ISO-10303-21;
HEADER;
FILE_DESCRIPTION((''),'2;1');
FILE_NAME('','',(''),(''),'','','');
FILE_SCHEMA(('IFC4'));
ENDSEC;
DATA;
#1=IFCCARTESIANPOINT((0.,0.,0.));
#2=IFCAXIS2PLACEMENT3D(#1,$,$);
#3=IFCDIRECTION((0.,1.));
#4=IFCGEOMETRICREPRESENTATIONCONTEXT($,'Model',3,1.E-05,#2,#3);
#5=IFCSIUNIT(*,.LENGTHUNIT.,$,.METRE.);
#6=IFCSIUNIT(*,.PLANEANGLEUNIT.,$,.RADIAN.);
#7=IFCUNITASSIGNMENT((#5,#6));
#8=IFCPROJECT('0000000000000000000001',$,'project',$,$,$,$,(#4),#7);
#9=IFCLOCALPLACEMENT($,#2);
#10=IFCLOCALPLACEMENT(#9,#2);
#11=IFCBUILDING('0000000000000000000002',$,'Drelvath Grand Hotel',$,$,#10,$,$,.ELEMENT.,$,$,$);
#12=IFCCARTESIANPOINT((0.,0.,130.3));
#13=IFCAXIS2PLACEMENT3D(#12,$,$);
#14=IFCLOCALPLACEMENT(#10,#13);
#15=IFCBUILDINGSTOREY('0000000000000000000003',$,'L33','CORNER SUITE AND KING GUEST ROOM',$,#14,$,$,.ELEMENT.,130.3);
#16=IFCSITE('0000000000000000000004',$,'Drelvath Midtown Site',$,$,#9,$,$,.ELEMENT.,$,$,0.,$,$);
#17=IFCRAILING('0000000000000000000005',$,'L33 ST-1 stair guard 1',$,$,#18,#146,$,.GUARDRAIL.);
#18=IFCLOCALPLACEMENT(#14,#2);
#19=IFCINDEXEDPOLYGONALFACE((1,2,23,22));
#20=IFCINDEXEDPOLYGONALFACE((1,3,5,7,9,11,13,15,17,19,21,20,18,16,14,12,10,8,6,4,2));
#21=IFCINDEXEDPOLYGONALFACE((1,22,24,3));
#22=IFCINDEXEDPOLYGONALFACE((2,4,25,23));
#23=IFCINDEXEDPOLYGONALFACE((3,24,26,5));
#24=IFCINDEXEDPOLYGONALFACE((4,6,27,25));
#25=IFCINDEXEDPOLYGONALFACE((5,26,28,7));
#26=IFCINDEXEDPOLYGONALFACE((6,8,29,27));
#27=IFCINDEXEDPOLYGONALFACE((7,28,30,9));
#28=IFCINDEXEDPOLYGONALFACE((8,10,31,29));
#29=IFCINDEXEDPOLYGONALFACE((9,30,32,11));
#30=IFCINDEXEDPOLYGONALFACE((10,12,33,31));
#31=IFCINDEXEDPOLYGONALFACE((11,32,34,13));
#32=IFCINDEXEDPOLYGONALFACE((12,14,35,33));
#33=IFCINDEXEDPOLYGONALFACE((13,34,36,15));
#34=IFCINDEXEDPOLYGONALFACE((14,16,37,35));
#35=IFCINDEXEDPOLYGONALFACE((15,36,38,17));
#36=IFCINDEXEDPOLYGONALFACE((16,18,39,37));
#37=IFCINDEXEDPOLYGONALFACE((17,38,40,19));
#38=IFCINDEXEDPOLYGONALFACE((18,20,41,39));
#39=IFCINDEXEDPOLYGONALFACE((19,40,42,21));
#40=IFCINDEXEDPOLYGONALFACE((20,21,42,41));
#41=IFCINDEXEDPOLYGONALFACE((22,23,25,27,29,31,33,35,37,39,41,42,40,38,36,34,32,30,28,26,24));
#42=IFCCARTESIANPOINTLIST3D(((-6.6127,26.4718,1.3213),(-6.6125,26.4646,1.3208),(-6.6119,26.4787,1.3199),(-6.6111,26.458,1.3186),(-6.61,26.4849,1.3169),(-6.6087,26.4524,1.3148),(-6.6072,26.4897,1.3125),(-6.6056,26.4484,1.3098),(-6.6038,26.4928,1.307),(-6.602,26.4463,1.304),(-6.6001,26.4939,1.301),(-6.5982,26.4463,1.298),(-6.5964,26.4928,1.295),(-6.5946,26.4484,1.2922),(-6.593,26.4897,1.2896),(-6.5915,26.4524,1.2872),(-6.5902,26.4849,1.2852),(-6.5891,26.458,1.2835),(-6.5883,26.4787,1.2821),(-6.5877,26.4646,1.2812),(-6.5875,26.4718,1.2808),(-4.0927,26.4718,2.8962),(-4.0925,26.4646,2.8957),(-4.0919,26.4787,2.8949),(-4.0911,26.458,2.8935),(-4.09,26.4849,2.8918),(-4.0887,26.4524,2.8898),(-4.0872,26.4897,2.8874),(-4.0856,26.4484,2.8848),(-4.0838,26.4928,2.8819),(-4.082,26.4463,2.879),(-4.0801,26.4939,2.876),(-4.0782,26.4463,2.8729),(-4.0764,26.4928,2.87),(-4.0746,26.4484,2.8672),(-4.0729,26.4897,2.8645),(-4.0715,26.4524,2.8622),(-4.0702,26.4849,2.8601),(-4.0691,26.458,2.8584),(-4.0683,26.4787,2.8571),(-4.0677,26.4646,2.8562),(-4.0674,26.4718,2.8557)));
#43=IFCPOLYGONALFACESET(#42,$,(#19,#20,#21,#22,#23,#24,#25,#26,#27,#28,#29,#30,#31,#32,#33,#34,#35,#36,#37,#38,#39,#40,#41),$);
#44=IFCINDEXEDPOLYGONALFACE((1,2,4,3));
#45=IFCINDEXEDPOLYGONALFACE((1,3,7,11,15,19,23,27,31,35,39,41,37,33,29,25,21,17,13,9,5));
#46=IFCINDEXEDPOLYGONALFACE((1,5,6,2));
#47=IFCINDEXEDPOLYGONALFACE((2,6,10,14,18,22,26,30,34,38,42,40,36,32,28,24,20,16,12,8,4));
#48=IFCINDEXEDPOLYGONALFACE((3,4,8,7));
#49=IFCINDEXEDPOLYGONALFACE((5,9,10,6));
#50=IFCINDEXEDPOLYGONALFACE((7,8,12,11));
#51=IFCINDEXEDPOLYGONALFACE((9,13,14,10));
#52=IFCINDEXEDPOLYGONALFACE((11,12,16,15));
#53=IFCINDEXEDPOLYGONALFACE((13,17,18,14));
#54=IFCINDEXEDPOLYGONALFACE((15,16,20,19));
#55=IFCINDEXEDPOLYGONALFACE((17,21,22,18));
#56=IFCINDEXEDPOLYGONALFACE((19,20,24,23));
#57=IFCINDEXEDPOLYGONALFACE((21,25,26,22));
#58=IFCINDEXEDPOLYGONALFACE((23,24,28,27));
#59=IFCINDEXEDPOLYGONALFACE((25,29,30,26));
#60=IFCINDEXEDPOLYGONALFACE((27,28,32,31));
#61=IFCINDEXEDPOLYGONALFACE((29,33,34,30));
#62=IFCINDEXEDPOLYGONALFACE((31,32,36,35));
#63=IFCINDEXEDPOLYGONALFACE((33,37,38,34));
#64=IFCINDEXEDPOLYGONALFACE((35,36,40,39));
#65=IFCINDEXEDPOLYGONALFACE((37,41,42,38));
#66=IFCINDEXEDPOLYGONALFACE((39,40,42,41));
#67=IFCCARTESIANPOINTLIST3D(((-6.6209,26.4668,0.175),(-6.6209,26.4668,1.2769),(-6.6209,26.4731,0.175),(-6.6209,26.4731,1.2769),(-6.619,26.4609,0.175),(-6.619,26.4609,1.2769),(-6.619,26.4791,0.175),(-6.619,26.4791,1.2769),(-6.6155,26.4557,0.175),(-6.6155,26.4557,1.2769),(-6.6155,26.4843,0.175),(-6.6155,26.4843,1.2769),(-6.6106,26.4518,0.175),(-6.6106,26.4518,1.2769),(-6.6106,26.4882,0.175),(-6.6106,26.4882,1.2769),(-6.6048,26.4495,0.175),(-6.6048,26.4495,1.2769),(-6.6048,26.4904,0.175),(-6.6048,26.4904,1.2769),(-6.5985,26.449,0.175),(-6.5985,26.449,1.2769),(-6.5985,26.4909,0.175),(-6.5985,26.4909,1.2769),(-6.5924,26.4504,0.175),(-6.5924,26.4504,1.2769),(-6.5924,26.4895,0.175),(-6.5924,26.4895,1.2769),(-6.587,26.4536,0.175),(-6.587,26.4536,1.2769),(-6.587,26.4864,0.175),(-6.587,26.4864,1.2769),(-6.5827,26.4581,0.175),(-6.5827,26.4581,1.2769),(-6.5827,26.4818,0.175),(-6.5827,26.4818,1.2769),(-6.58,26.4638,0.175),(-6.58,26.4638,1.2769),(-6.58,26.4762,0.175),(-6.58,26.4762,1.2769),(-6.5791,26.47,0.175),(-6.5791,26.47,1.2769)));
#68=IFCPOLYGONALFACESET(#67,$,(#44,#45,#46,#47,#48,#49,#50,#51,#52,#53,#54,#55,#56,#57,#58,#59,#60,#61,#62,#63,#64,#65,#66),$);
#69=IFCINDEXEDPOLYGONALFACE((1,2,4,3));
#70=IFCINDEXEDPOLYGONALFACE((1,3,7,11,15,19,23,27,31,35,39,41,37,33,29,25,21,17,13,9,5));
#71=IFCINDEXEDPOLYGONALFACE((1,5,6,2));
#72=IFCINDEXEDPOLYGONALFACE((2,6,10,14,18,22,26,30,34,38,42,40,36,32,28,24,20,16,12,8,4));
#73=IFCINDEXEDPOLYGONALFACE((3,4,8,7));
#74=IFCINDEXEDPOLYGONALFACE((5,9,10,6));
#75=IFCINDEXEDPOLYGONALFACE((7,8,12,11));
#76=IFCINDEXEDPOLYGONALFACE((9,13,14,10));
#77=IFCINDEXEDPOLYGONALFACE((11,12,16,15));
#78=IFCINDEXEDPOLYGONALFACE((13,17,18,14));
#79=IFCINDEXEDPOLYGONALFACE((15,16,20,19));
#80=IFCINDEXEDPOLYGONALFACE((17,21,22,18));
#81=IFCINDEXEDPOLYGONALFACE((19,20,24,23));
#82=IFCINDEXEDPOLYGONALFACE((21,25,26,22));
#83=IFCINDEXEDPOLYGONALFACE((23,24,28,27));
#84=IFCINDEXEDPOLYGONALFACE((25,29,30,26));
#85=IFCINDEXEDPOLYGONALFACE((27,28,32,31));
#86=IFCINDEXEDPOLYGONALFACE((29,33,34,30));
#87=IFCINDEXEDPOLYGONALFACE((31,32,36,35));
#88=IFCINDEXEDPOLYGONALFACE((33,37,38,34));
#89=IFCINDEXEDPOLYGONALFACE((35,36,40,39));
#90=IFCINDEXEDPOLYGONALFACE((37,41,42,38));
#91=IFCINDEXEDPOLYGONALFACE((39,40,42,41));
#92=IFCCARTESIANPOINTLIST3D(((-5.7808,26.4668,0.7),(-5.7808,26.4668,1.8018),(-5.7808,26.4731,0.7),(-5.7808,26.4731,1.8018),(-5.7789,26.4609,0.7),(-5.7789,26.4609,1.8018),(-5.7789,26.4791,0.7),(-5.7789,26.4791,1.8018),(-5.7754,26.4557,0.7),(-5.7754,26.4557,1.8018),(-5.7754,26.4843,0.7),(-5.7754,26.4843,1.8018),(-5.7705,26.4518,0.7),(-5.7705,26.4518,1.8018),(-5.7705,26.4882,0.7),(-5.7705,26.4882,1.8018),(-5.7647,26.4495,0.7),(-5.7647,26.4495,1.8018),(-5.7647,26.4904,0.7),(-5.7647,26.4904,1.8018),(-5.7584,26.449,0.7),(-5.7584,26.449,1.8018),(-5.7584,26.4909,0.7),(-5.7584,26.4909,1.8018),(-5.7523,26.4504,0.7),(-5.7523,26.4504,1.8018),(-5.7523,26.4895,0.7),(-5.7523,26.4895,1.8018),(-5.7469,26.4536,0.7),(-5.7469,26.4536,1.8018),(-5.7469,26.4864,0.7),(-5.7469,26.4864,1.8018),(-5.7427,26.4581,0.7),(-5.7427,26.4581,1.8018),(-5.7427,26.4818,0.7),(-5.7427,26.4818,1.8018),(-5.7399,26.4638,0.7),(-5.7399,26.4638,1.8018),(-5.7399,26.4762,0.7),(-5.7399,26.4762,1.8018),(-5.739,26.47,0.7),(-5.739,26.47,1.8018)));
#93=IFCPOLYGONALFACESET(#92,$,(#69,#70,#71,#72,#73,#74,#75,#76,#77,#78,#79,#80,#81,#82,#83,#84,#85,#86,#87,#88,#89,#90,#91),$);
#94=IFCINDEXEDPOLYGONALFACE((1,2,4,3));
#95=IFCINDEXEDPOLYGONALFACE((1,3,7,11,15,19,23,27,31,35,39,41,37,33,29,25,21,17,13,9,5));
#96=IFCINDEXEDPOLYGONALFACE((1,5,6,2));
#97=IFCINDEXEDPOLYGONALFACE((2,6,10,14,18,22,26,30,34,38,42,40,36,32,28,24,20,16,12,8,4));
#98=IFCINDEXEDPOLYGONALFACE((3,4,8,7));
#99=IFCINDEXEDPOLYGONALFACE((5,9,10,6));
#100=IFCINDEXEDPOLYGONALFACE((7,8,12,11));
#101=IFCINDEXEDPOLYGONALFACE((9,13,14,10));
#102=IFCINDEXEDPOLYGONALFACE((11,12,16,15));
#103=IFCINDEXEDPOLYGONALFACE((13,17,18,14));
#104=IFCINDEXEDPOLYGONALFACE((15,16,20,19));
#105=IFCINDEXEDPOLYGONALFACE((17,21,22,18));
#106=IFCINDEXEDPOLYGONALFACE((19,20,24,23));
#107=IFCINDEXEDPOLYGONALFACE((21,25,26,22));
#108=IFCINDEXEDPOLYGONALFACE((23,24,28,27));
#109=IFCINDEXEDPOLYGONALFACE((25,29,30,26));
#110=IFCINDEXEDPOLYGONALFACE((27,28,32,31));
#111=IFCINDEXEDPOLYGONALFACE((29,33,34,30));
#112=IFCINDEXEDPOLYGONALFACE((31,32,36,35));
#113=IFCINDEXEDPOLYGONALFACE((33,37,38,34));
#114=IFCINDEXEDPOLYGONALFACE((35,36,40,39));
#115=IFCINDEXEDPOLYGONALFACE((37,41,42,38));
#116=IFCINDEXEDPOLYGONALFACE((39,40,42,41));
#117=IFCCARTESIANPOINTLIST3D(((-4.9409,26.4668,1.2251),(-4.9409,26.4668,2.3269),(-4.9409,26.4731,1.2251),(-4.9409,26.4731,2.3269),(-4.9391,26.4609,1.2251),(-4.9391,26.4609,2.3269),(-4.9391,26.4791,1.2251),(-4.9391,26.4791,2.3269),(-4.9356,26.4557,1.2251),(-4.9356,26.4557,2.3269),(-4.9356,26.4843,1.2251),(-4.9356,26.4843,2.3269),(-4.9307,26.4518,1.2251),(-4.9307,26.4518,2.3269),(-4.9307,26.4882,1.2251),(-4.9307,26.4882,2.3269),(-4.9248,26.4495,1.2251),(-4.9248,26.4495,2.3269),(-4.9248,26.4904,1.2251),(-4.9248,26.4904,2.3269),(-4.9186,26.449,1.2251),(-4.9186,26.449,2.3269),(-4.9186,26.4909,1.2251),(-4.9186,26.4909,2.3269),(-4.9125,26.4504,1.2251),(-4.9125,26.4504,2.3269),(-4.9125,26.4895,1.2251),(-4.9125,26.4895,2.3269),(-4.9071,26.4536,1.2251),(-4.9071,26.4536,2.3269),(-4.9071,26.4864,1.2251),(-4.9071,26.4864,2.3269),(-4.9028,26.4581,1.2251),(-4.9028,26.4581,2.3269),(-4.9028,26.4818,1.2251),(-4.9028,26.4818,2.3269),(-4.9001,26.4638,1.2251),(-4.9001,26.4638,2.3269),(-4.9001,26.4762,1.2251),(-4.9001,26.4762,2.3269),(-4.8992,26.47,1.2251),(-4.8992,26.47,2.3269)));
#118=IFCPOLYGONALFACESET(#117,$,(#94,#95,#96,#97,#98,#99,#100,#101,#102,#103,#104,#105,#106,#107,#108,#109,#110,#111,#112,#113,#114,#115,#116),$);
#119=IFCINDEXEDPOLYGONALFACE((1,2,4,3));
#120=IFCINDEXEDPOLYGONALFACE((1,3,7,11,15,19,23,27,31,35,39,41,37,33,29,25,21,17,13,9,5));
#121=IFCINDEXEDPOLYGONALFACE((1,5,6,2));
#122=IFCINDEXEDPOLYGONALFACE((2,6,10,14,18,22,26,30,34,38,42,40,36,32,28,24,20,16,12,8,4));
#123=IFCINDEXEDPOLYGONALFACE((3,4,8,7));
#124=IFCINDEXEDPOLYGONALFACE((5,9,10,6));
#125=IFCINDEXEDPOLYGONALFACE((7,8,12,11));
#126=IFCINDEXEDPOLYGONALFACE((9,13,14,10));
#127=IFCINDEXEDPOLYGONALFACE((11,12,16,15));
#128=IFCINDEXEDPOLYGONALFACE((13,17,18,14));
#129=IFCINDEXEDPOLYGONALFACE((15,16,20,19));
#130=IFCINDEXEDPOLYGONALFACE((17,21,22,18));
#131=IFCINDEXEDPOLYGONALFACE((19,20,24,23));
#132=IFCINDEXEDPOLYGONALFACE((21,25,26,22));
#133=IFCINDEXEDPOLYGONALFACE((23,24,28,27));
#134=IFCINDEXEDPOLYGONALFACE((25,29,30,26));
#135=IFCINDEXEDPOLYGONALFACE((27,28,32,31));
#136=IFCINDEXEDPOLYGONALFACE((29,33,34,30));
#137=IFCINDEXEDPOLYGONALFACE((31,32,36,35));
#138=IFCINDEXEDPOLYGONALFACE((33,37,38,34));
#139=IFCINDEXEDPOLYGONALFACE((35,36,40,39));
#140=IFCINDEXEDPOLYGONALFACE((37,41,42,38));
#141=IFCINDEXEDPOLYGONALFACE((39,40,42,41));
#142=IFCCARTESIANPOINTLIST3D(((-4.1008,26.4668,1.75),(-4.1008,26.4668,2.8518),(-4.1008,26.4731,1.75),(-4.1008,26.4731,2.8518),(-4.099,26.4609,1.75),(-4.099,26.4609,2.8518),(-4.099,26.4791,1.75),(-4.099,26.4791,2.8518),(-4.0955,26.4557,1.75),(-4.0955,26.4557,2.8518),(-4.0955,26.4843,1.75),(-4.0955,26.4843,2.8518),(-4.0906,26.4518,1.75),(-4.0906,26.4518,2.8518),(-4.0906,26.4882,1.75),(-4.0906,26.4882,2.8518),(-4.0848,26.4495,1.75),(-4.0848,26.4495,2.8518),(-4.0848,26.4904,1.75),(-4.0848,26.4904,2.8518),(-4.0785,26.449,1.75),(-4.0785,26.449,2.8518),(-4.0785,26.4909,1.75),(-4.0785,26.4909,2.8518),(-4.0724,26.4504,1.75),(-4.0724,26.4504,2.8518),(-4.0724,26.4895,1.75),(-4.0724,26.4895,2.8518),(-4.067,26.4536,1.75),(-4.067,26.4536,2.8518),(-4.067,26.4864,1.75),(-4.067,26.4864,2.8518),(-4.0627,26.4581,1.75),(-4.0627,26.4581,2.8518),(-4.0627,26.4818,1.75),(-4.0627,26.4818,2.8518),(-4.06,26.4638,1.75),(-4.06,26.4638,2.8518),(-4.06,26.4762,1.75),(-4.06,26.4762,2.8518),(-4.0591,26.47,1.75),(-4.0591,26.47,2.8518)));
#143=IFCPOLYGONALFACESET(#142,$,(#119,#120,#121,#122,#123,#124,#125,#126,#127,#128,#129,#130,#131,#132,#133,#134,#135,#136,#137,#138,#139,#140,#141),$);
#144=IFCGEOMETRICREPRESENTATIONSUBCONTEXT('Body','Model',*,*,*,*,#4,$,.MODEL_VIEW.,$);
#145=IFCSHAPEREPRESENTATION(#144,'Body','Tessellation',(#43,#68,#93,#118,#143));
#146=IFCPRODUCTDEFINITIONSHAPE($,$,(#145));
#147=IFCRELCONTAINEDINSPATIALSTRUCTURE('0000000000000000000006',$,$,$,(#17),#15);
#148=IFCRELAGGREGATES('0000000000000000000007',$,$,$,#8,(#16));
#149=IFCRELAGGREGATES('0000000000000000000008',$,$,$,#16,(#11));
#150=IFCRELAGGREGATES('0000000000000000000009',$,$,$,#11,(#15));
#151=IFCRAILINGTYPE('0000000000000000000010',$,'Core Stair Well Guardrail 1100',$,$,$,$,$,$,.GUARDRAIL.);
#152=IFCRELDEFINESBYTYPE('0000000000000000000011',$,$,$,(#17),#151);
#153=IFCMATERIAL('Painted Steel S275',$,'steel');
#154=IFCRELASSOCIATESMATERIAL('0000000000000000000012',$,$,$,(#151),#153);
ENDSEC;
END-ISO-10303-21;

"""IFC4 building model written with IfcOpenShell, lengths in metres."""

from ifc_helpers import new_model, si_unit, direction, frame, origin, origin_2d, place, context, subcontext, project, spatial, circle, extrude, material, type_object, element, save


model = new_model("IFC4")

# Units and contexts
model_context = context("Model", 3, precision=1e-05, world=origin(), true_north=direction((0.0, 1.0)))
body_context = subcontext(model_context, "Body", "Model", "MODEL_VIEW")
ifc_project = project(units=[si_unit("LENGTHUNIT", "METRE"), si_unit("PLANEANGLEUNIT", "RADIAN")], contexts=[model_context])

# Site, building, storey
site_placement = place(None, origin())
site = spatial("IfcSite", under=ifc_project, at=site_placement, Name="Drelvath Midtown Site", CompositionType="ELEMENT", RefElevation=0.0)
building_placement = place(site_placement, origin())
building = spatial("IfcBuilding", under=site, at=building_placement, Name="Drelvath Grand Hotel", CompositionType="ELEMENT")
storey_placement = place(building_placement, frame((0.0, 0.0, 130.3)))
storey = spatial("IfcBuildingStorey", under=building, at=storey_placement, Name="L33", Description="CORNER SUITE AND KING GUEST ROOM", CompositionType="ELEMENT", Elevation=130.3)

# Shared definitions
ifc_material_1 = material(Name="Painted Steel S275", Category="steel")

# Railing
railing_type_1 = type_object("IfcRailingType", Name="Core Stair Well Guardrail 1100", PredefinedType="GUARDRAIL", material=ifc_material_1)
railing_1_placement = place(storey_placement, frame((-6.6001, 26.47, 0.175)))
element("IfcRailing", 1, at=railing_1_placement, inside=storey, type_object=railing_type_1, Name="L33 ST-1 stair guard 1", PredefinedType="GUARDRAIL", context=body_context, shape_type="SweptSolid", body=[
    extrude(circle(Radius=0.0239, at=origin_2d()), frame((0.0, 0.0, 1.126), z_axis=(0.848008, 0.0, 0.529984), x_axis=(0.0, 1.0, 0.0)), (0.0, 0.0, 1.0), 2.9717),
    extrude(circle(Radius=0.021, at=origin_2d()), origin(), (0.0, 0.0, 1.0), 1.1018),
    extrude(circle(Radius=0.021, at=origin_2d()), frame((0.8401, 0.0, 0.5249)), (0.0, 0.0, 1.0), 1.1018),
    extrude(circle(Radius=0.021, at=origin_2d()), frame((1.6799, 0.0, 1.05)), (0.0, 0.0, 1.0), 1.1018),
    extrude(circle(Radius=0.021, at=origin_2d()), frame((2.52, 0.0, 1.575)), (0.0, 0.0, 1.0), 1.1018),
])

save(model, "model.ifc")
